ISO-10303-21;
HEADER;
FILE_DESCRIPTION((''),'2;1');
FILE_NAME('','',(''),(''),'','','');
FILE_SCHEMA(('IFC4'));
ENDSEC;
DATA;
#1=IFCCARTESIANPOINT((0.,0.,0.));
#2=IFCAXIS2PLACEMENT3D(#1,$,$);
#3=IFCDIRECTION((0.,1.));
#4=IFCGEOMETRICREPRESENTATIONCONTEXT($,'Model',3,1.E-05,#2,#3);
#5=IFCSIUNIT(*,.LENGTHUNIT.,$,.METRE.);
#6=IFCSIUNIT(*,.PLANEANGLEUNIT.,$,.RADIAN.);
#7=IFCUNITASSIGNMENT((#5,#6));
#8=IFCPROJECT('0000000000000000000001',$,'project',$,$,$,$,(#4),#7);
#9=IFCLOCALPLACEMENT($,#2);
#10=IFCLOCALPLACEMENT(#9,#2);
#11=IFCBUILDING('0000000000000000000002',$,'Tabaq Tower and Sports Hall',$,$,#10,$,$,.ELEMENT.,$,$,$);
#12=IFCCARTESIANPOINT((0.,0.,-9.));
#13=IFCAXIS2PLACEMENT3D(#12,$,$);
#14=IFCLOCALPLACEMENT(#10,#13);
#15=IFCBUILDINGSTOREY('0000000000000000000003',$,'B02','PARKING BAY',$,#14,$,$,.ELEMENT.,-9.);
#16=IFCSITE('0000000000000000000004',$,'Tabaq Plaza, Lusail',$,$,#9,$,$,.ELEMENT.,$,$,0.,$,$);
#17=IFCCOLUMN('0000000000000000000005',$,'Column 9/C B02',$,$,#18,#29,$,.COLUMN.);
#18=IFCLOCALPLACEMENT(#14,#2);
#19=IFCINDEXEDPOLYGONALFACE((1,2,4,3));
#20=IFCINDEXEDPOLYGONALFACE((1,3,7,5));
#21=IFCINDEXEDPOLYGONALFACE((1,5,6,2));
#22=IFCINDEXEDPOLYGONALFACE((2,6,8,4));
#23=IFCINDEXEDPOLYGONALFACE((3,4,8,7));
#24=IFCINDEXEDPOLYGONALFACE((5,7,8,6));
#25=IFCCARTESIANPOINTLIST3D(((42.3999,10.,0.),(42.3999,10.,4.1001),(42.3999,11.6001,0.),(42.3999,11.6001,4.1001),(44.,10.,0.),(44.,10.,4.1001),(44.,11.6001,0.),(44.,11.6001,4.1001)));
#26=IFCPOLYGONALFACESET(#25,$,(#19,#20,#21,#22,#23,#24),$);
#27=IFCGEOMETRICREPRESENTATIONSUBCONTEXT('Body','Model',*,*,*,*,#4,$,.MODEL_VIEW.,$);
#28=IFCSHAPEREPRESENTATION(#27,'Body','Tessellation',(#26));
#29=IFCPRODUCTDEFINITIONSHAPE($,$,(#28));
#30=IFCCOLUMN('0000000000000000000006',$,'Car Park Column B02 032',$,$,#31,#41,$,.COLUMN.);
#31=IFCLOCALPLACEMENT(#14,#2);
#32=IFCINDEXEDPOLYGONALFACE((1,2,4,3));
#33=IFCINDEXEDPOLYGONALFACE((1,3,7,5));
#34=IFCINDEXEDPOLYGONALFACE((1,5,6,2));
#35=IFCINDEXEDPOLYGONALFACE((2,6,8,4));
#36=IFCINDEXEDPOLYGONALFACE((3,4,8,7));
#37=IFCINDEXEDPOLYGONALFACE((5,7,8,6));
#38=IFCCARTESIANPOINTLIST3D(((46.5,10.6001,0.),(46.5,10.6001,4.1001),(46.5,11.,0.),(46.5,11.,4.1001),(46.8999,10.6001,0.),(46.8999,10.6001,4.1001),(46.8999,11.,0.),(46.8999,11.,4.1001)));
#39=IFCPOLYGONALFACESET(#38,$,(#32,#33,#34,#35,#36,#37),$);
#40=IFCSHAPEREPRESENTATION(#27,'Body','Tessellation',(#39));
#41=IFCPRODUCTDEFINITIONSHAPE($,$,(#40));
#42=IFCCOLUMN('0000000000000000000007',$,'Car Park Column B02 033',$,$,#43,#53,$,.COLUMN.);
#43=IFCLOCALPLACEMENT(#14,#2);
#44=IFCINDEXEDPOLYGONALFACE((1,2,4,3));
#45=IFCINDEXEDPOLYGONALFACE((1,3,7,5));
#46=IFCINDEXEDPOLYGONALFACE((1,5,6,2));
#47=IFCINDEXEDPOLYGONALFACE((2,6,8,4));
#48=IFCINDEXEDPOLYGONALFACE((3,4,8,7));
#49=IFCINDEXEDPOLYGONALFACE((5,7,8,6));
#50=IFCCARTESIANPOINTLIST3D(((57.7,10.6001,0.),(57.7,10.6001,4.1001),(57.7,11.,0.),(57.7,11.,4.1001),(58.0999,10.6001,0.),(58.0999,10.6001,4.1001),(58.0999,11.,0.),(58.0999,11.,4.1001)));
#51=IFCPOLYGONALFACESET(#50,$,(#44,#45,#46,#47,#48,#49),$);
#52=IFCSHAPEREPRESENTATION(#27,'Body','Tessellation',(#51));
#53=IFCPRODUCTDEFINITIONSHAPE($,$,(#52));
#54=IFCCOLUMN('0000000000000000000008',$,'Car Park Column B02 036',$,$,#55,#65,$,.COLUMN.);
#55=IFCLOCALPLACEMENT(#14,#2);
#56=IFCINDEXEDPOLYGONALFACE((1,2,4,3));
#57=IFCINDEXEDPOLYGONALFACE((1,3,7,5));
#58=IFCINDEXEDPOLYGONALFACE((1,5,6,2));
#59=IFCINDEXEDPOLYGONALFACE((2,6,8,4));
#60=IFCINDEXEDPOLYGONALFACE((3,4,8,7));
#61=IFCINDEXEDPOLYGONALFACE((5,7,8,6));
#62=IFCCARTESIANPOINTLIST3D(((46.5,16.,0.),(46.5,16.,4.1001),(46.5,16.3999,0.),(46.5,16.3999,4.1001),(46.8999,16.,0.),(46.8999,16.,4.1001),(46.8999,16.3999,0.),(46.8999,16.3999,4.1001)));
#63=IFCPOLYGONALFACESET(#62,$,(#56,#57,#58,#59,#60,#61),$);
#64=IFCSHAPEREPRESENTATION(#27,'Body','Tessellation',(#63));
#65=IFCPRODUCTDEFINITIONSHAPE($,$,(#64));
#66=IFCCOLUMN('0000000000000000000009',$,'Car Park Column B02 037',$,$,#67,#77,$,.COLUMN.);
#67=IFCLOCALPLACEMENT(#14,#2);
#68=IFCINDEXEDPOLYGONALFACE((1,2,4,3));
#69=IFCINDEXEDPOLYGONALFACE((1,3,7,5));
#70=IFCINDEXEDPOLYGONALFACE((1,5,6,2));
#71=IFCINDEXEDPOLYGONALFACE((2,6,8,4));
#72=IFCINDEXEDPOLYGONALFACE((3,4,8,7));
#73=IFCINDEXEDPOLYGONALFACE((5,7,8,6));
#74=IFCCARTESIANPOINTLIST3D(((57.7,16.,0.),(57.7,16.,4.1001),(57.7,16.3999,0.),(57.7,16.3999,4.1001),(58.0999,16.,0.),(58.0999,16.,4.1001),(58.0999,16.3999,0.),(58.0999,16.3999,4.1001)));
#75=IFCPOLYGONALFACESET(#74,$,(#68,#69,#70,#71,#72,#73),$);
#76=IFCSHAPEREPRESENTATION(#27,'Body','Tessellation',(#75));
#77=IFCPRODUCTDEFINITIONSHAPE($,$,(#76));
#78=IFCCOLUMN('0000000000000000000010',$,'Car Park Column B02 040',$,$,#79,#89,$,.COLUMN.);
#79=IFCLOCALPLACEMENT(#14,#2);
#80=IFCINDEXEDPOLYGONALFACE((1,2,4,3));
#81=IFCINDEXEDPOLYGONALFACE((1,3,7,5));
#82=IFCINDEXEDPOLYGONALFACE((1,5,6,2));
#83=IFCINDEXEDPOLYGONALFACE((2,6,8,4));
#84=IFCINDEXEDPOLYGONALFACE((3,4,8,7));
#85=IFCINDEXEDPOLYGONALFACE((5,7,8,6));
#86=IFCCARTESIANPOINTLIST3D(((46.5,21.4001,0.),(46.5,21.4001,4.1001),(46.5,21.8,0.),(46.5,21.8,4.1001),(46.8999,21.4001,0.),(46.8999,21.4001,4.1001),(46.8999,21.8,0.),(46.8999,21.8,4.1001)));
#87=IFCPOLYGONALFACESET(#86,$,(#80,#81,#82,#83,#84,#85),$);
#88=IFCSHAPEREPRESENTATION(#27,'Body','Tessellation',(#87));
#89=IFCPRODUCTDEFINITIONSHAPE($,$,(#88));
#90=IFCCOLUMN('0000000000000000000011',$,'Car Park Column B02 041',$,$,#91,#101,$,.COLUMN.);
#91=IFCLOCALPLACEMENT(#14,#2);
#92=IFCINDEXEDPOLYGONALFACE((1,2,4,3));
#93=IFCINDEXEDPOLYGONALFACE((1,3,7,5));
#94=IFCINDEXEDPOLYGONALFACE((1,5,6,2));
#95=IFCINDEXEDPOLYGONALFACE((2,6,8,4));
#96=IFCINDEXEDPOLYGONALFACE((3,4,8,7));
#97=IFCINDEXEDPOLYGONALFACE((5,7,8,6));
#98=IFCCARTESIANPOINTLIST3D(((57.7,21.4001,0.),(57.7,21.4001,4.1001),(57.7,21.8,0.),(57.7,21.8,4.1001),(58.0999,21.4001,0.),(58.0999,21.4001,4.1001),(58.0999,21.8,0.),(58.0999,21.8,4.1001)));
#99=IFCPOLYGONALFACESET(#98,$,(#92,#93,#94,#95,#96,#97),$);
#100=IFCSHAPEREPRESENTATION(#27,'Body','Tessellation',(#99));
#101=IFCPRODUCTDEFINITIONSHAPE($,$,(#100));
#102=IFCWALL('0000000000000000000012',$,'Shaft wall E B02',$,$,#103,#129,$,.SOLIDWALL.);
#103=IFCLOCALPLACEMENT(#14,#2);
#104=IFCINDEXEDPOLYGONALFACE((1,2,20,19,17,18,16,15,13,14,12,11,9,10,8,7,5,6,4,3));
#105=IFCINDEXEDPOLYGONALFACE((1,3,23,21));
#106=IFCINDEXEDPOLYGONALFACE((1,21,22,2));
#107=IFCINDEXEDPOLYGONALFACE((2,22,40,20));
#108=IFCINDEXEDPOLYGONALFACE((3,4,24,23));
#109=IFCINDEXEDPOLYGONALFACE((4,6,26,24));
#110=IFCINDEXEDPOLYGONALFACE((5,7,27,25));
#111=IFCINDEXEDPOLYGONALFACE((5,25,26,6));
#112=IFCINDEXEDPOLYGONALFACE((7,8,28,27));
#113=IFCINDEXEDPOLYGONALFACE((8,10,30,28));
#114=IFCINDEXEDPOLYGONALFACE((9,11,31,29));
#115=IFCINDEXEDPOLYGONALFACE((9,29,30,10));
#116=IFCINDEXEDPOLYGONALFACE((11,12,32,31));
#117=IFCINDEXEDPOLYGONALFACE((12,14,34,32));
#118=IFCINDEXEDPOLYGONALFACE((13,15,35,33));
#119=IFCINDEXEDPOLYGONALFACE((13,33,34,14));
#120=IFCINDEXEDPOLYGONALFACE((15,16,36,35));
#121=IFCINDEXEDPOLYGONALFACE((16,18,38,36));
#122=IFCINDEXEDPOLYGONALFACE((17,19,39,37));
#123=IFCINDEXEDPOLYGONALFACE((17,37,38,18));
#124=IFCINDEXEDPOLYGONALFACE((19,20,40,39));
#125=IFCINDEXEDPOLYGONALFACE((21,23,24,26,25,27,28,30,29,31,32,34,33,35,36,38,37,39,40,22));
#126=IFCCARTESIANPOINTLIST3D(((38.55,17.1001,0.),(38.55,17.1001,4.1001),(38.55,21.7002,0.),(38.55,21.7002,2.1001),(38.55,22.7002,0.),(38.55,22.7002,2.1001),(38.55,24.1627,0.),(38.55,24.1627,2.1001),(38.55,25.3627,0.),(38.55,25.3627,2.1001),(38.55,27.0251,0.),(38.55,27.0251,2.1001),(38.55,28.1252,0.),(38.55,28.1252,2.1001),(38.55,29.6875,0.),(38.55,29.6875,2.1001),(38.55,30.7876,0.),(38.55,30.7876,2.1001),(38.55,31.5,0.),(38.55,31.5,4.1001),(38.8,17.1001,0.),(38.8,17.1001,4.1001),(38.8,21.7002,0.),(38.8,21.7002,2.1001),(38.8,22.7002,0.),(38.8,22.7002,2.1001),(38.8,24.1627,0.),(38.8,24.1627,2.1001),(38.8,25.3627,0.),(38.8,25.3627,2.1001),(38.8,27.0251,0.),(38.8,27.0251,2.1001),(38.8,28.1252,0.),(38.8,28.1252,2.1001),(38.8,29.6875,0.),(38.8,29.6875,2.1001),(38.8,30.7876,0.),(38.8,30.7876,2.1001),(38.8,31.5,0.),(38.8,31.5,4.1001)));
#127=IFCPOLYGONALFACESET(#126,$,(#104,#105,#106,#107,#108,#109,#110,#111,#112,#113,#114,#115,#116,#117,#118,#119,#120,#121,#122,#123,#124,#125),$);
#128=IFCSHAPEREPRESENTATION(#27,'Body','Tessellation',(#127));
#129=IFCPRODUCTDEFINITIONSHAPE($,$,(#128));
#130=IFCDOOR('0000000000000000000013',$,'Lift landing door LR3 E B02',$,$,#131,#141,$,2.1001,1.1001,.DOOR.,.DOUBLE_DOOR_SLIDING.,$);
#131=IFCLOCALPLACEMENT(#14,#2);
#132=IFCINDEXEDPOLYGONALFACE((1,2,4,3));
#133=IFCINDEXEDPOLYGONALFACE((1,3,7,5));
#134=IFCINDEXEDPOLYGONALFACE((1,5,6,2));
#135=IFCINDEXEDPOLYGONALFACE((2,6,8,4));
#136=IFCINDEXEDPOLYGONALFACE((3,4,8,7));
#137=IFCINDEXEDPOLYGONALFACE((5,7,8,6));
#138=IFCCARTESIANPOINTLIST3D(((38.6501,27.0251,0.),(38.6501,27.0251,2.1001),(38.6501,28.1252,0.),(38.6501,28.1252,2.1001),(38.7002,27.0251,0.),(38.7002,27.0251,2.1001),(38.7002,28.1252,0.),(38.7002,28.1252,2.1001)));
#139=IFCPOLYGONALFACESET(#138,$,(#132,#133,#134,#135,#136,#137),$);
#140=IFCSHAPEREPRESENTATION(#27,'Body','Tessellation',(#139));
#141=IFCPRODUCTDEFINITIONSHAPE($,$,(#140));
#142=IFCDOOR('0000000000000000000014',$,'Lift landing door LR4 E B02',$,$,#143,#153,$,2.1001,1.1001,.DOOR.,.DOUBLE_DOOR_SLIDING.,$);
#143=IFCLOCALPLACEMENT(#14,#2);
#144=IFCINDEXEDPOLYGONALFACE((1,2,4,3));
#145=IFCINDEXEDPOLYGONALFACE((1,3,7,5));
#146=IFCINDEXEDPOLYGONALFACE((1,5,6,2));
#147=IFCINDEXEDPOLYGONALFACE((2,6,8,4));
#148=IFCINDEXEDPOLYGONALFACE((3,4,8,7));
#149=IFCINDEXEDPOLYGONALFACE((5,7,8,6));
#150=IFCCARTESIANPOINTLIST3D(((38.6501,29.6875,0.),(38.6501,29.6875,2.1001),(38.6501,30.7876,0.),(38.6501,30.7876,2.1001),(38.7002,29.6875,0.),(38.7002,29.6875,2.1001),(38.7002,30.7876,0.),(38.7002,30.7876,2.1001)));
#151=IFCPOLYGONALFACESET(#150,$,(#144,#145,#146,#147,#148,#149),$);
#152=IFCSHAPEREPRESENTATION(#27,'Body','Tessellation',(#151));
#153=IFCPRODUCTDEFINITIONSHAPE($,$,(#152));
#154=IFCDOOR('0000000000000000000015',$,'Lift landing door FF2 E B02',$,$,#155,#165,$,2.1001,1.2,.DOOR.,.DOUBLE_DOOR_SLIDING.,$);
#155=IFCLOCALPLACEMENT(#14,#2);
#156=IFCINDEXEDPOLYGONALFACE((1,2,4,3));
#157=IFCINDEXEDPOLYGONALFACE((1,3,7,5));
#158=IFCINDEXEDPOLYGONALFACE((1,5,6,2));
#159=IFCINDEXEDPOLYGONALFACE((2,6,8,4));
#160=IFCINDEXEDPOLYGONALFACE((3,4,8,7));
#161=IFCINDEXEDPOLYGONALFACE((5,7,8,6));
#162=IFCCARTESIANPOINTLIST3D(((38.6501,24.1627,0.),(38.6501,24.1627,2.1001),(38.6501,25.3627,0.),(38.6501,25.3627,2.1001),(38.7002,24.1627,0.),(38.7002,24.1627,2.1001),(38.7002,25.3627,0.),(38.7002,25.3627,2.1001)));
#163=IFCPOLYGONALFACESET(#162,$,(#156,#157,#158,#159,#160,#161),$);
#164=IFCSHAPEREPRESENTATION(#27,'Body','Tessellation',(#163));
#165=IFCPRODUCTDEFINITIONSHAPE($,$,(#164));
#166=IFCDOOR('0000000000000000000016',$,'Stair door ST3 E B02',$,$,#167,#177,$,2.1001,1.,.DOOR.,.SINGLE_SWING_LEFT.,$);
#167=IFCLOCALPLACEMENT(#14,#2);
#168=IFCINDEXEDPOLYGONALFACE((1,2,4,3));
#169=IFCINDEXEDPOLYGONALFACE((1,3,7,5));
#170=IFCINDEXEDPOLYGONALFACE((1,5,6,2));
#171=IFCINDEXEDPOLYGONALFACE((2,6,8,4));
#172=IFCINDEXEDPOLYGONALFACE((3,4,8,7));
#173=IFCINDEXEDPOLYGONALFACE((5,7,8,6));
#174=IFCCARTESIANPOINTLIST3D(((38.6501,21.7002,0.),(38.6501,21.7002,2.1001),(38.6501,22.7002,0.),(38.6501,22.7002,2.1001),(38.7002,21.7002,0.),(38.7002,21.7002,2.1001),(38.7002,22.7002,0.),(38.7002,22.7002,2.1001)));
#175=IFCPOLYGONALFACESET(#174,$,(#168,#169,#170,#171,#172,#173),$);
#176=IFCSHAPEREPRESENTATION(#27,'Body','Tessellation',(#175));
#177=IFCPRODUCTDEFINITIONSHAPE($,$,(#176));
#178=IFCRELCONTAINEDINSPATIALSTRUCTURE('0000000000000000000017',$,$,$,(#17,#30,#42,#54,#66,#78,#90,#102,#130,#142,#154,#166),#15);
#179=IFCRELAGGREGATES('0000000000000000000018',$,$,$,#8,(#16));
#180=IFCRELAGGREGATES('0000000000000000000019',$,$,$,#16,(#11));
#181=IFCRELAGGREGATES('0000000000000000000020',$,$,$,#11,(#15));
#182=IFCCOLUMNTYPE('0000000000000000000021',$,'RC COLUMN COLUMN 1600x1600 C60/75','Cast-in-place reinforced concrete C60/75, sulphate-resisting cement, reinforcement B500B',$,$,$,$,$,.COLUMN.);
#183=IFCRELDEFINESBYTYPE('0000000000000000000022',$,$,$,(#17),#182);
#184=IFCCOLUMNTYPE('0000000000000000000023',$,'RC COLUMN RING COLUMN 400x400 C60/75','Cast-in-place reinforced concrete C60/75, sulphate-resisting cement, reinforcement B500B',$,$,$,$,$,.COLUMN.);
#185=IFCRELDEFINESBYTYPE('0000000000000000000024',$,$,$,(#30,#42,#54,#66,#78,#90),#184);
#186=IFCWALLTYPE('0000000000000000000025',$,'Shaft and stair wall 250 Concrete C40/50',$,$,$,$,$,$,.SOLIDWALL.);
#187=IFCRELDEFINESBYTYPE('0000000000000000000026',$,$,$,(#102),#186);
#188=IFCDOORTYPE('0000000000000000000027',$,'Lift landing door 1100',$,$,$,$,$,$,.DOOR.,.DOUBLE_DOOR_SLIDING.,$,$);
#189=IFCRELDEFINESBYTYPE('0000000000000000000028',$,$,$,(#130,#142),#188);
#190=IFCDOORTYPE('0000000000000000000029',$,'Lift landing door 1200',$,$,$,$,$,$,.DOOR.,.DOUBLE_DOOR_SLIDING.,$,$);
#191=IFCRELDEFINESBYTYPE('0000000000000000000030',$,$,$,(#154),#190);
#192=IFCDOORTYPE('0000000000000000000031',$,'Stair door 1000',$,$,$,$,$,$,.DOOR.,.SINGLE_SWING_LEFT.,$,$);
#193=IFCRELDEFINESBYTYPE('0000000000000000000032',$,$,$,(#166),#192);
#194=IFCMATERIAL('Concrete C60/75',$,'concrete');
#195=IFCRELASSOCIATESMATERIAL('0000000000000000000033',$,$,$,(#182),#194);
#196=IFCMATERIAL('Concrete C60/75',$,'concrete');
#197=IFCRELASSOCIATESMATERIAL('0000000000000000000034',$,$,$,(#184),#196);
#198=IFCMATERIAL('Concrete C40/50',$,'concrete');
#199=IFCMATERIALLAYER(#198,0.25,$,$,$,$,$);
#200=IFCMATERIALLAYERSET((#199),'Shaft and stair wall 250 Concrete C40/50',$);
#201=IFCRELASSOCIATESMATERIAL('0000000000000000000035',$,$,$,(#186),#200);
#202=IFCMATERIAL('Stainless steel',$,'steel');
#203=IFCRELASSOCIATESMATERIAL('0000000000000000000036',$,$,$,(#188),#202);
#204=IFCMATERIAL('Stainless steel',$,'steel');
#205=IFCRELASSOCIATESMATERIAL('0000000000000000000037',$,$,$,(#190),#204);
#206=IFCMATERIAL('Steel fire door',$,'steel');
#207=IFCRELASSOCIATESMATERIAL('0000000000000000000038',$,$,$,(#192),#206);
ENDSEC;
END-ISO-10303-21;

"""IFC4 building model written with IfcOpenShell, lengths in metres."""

from ifc_helpers import new_model, si_unit, direction, frame, frame_2d, origin, origin_2d, place, context, subcontext, project, spatial, rectangle, extrude, material, layer, layer_set, material_profile, profile_set, type_object, element, fill, save


model = new_model("IFC4")

# Units and contexts
model_context = context("Model", 3, precision=1e-05, world=origin(), true_north=direction((0.0, 1.0)))
body_context = subcontext(model_context, "Body", "Model", "MODEL_VIEW")
ifc_project = project(units=[si_unit("LENGTHUNIT", "METRE"), si_unit("PLANEANGLEUNIT", "RADIAN")], contexts=[model_context])

# Site, building, storey
site_placement = place(None, origin())
site = spatial("IfcSite", under=ifc_project, at=site_placement, Name="Tabaq Plaza, Lusail", CompositionType="ELEMENT", RefElevation=0.0)
building_placement = place(site_placement, origin())
building = spatial("IfcBuilding", under=site, at=building_placement, Name="Tabaq Tower and Sports Hall", CompositionType="ELEMENT")
storey_placement = place(building_placement, frame((0.0, 0.0, -9.0)))
storey = spatial("IfcBuildingStorey", under=building, at=storey_placement, Name="B02", Description="PARKING BAY", CompositionType="ELEMENT", Elevation=-9.0)

# Columns
ifc_material_1 = material(Name="Concrete C60/75", Category="concrete")
ifc_material_profile_1 = material_profile(ifc_material_1, rectangle(XDim=1.6001, YDim=1.6001, at=origin_2d()), Name="COLUMN 1600x1600")
ifc_profile_set_1 = profile_set([ifc_material_profile_1], Name="Concrete C60/75")
column_type_1 = type_object("IfcColumnType", Name="RC COLUMN COLUMN 1600x1600 C60/75", Description="Cast-in-place reinforced concrete C60/75, sulphate-resisting cement, reinforcement B500B", PredefinedType="COLUMN", material=ifc_profile_set_1)
column_placement = place(storey_placement, frame((43.2, 10.8, 0.0), z_axis=(0.0, 0.0, 1.0), x_axis=(1.0, 0.0, 0.0)))
element("IfcColumn", 1, at=column_placement, inside=storey, type_object=column_type_1, Name="Column 9/C B02", PredefinedType="COLUMN", context=body_context, shape_type="SweptSolid", body=[
    extrude(rectangle(XDim=1.6001, YDim=1.6001, at=origin_2d()), origin(), (0.0, 0.0, 1.0), 4.1001),
])
ifc_material_2 = material(Name="Concrete C60/75", Category="concrete")
ifc_material_profile_2 = material_profile(ifc_material_2, rectangle(XDim=0.3999, YDim=0.3999, at=origin_2d()), Name="RING COLUMN 400x400")
ifc_profile_set_2 = profile_set([ifc_material_profile_2], Name="Concrete C60/75")
column_type_2 = type_object("IfcColumnType", Name="RC COLUMN RING COLUMN 400x400 C60/75", Description="Cast-in-place reinforced concrete C60/75, sulphate-resisting cement, reinforcement B500B", PredefinedType="COLUMN", material=ifc_profile_set_2)
for number, where, z_axis, x_axis, name in (
    (2, (46.7, 10.8, 0.0), (0.0, 0.0, 1.0), (1.0, 0.0, 0.0), "Car Park Column B02 032"),
    (3, (57.8999, 10.8, 0.0), (0.0, 0.0, 1.0), (1.0, 0.0, 0.0), "Car Park Column B02 033"),
    (4, (46.7, 16.2, 0.0), (0.0, 0.0, 1.0), (1.0, 0.0, 0.0), "Car Park Column B02 036"),
    (5, (57.8999, 16.2, 0.0), (0.0, 0.0, 1.0), (1.0, 0.0, 0.0), "Car Park Column B02 037"),
    (6, (46.7, 21.6001, 0.0), (0.0, 0.0, 1.0), (1.0, 0.0, 0.0), "Car Park Column B02 040"),
    (7, (57.8999, 21.6001, 0.0), (0.0, 0.0, 1.0), (1.0, 0.0, 0.0), "Car Park Column B02 041"),
):
    element("IfcColumn", number, at=place(storey_placement, frame(where, z_axis=z_axis, x_axis=x_axis)), inside=storey, type_object=column_type_2, Name=name, PredefinedType="COLUMN", context=body_context, shape_type="SweptSolid", body=[
        extrude(rectangle(XDim=0.3999, YDim=0.3999, at=origin_2d()), origin(), (0.0, 0.0, 1.0), 4.1001),
    ])

# Wall, openings, doors
ifc_material_3 = material(Name="Concrete C40/50", Category="concrete")
ifc_layer_1 = layer(ifc_material_3, 0.25)
ifc_layer_set_1 = layer_set([ifc_layer_1], Name="Shaft and stair wall 250 Concrete C40/50")
wall_type_1 = type_object("IfcWallType", Name="Shaft and stair wall 250 Concrete C40/50", PredefinedType="SOLIDWALL", material=ifc_layer_set_1)
wall_1_placement = place(storey_placement, frame((38.675, 17.1001, 0.0), z_axis=(0.0, 0.0, 1.0), x_axis=(0.0, 1.0, 0.0)))
wall_1 = element("IfcWall", 8, at=wall_1_placement, inside=storey, type_object=wall_type_1, Name="Shaft wall E B02", PredefinedType="SOLIDWALL", context=body_context, shape_type="SweptSolid", body=[
    extrude(rectangle(XDim=14.3999, YDim=0.25, at=frame_2d((7.2, 0.0))), origin(), (0.0, 0.0, 1.0), 4.1001),
])
opening_1_placement = place(wall_1_placement, frame((4.6001, 0.0, 0.0)))
opening_1 = element("IfcOpeningElement", 9, at=opening_1_placement, cuts=wall_1, PredefinedType="OPENING", context=body_context, shape_type="SweptSolid", body=[
    extrude(rectangle(XDim=1.0, YDim=2.1001, at=frame_2d((0.5, 1.05))), frame((0.0, 0.125, 0.0), z_axis=(0.0, -1.0, 0.0), x_axis=(1.0, 0.0, 0.0)), (0.0, 0.0, 1.0), 0.25),
])
opening_2_placement = place(wall_1_placement, frame((7.0625, 0.0, 0.0)))
opening_2 = element("IfcOpeningElement", 10, at=opening_2_placement, cuts=wall_1, PredefinedType="OPENING", context=body_context, shape_type="SweptSolid", body=[
    extrude(rectangle(XDim=1.2, YDim=2.1001, at=frame_2d((0.6001, 1.05))), frame((0.0, 0.125, 0.0), z_axis=(0.0, -1.0, 0.0), x_axis=(1.0, 0.0, 0.0)), (0.0, 0.0, 1.0), 0.25),
])
opening_3_placement = place(wall_1_placement, frame((9.925, 0.0, 0.0)))
opening_3 = element("IfcOpeningElement", 11, at=opening_3_placement, cuts=wall_1, PredefinedType="OPENING", context=body_context, shape_type="SweptSolid", body=[
    extrude(rectangle(XDim=1.1001, YDim=2.1001, at=frame_2d((0.55, 1.05))), frame((0.0, 0.125, 0.0), z_axis=(0.0, -1.0, 0.0), x_axis=(1.0, 0.0, 0.0)), (0.0, 0.0, 1.0), 0.25),
])
opening_4_placement = place(wall_1_placement, frame((12.5874, 0.0, 0.0)))
opening_4 = element("IfcOpeningElement", 12, at=opening_4_placement, cuts=wall_1, PredefinedType="OPENING", context=body_context, shape_type="SweptSolid", body=[
    extrude(rectangle(XDim=1.1001, YDim=2.1001, at=frame_2d((0.55, 1.05))), frame((0.0, 0.125, 0.0), z_axis=(0.0, -1.0, 0.0), x_axis=(1.0, 0.0, 0.0)), (0.0, 0.0, 1.0), 0.25),
])
ifc_material_4 = material(Name="Stainless steel", Category="steel")
door_type_1 = type_object("IfcDoorType", Name="Lift landing door 1100", OperationType="DOUBLE_DOOR_SLIDING", PredefinedType="DOOR", material=ifc_material_4)
door_1_placement = place(opening_3_placement, origin())
door_1 = element("IfcDoor", 13, at=door_1_placement, inside=storey, type_object=door_type_1, Name="Lift landing door LR3 E B02", OperationType="DOUBLE_DOOR_SLIDING", OverallHeight=2.1001, OverallWidth=1.1001, PredefinedType="DOOR", context=body_context, shape_type="SweptSolid", body=[
    extrude(rectangle(XDim=1.1001, YDim=2.1001, at=frame_2d((0.55, 1.05))), frame((0.0, 0.0249, 0.0), z_axis=(0.0, -1.0, 0.0), x_axis=(1.0, 0.0, 0.0)), (0.0, 0.0, 1.0), 0.05),
])
fill(opening_3, door_1)
door_2_placement = place(opening_4_placement, origin())
door_2 = element("IfcDoor", 14, at=door_2_placement, inside=storey, type_object=door_type_1, Name="Lift landing door LR4 E B02", OperationType="DOUBLE_DOOR_SLIDING", OverallHeight=2.1001, OverallWidth=1.1001, PredefinedType="DOOR", context=body_context, shape_type="SweptSolid", body=[
    extrude(rectangle(XDim=1.1001, YDim=2.1001, at=frame_2d((0.55, 1.05))), frame((0.0, 0.0249, 0.0), z_axis=(0.0, -1.0, 0.0), x_axis=(1.0, 0.0, 0.0)), (0.0, 0.0, 1.0), 0.05),
])
fill(opening_4, door_2)
ifc_material_5 = material(Name="Stainless steel", Category="steel")
door_type_2 = type_object("IfcDoorType", Name="Lift landing door 1200", OperationType="DOUBLE_DOOR_SLIDING", PredefinedType="DOOR", material=ifc_material_5)
door_3_placement = place(opening_2_placement, origin())
door_3 = element("IfcDoor", 15, at=door_3_placement, inside=storey, type_object=door_type_2, Name="Lift landing door FF2 E B02", OperationType="DOUBLE_DOOR_SLIDING", OverallHeight=2.1001, OverallWidth=1.2, PredefinedType="DOOR", context=body_context, shape_type="SweptSolid", body=[
    extrude(rectangle(XDim=1.2, YDim=2.1001, at=frame_2d((0.6001, 1.05))), frame((0.0, 0.0249, 0.0), z_axis=(0.0, -1.0, 0.0), x_axis=(1.0, 0.0, 0.0)), (0.0, 0.0, 1.0), 0.05),
])
fill(opening_2, door_3)
ifc_material_6 = material(Name="Steel fire door", Category="steel")
door_type_3 = type_object("IfcDoorType", Name="Stair door 1000", OperationType="SINGLE_SWING_LEFT", PredefinedType="DOOR", material=ifc_material_6)
door_4_placement = place(opening_1_placement, origin())
door_4 = element("IfcDoor", 16, at=door_4_placement, inside=storey, type_object=door_type_3, Name="Stair door ST3 E B02", OperationType="SINGLE_SWING_LEFT", OverallHeight=2.1001, OverallWidth=1.0, PredefinedType="DOOR", context=body_context, shape_type="SweptSolid", body=[
    extrude(rectangle(XDim=1.0, YDim=2.1001, at=frame_2d((0.5, 1.05))), frame((0.0, 0.0249, 0.0), z_axis=(0.0, -1.0, 0.0), x_axis=(1.0, 0.0, 0.0)), (0.0, 0.0, 1.0), 0.05),
])
fill(opening_1, door_4)

save(model, "model.ifc")
